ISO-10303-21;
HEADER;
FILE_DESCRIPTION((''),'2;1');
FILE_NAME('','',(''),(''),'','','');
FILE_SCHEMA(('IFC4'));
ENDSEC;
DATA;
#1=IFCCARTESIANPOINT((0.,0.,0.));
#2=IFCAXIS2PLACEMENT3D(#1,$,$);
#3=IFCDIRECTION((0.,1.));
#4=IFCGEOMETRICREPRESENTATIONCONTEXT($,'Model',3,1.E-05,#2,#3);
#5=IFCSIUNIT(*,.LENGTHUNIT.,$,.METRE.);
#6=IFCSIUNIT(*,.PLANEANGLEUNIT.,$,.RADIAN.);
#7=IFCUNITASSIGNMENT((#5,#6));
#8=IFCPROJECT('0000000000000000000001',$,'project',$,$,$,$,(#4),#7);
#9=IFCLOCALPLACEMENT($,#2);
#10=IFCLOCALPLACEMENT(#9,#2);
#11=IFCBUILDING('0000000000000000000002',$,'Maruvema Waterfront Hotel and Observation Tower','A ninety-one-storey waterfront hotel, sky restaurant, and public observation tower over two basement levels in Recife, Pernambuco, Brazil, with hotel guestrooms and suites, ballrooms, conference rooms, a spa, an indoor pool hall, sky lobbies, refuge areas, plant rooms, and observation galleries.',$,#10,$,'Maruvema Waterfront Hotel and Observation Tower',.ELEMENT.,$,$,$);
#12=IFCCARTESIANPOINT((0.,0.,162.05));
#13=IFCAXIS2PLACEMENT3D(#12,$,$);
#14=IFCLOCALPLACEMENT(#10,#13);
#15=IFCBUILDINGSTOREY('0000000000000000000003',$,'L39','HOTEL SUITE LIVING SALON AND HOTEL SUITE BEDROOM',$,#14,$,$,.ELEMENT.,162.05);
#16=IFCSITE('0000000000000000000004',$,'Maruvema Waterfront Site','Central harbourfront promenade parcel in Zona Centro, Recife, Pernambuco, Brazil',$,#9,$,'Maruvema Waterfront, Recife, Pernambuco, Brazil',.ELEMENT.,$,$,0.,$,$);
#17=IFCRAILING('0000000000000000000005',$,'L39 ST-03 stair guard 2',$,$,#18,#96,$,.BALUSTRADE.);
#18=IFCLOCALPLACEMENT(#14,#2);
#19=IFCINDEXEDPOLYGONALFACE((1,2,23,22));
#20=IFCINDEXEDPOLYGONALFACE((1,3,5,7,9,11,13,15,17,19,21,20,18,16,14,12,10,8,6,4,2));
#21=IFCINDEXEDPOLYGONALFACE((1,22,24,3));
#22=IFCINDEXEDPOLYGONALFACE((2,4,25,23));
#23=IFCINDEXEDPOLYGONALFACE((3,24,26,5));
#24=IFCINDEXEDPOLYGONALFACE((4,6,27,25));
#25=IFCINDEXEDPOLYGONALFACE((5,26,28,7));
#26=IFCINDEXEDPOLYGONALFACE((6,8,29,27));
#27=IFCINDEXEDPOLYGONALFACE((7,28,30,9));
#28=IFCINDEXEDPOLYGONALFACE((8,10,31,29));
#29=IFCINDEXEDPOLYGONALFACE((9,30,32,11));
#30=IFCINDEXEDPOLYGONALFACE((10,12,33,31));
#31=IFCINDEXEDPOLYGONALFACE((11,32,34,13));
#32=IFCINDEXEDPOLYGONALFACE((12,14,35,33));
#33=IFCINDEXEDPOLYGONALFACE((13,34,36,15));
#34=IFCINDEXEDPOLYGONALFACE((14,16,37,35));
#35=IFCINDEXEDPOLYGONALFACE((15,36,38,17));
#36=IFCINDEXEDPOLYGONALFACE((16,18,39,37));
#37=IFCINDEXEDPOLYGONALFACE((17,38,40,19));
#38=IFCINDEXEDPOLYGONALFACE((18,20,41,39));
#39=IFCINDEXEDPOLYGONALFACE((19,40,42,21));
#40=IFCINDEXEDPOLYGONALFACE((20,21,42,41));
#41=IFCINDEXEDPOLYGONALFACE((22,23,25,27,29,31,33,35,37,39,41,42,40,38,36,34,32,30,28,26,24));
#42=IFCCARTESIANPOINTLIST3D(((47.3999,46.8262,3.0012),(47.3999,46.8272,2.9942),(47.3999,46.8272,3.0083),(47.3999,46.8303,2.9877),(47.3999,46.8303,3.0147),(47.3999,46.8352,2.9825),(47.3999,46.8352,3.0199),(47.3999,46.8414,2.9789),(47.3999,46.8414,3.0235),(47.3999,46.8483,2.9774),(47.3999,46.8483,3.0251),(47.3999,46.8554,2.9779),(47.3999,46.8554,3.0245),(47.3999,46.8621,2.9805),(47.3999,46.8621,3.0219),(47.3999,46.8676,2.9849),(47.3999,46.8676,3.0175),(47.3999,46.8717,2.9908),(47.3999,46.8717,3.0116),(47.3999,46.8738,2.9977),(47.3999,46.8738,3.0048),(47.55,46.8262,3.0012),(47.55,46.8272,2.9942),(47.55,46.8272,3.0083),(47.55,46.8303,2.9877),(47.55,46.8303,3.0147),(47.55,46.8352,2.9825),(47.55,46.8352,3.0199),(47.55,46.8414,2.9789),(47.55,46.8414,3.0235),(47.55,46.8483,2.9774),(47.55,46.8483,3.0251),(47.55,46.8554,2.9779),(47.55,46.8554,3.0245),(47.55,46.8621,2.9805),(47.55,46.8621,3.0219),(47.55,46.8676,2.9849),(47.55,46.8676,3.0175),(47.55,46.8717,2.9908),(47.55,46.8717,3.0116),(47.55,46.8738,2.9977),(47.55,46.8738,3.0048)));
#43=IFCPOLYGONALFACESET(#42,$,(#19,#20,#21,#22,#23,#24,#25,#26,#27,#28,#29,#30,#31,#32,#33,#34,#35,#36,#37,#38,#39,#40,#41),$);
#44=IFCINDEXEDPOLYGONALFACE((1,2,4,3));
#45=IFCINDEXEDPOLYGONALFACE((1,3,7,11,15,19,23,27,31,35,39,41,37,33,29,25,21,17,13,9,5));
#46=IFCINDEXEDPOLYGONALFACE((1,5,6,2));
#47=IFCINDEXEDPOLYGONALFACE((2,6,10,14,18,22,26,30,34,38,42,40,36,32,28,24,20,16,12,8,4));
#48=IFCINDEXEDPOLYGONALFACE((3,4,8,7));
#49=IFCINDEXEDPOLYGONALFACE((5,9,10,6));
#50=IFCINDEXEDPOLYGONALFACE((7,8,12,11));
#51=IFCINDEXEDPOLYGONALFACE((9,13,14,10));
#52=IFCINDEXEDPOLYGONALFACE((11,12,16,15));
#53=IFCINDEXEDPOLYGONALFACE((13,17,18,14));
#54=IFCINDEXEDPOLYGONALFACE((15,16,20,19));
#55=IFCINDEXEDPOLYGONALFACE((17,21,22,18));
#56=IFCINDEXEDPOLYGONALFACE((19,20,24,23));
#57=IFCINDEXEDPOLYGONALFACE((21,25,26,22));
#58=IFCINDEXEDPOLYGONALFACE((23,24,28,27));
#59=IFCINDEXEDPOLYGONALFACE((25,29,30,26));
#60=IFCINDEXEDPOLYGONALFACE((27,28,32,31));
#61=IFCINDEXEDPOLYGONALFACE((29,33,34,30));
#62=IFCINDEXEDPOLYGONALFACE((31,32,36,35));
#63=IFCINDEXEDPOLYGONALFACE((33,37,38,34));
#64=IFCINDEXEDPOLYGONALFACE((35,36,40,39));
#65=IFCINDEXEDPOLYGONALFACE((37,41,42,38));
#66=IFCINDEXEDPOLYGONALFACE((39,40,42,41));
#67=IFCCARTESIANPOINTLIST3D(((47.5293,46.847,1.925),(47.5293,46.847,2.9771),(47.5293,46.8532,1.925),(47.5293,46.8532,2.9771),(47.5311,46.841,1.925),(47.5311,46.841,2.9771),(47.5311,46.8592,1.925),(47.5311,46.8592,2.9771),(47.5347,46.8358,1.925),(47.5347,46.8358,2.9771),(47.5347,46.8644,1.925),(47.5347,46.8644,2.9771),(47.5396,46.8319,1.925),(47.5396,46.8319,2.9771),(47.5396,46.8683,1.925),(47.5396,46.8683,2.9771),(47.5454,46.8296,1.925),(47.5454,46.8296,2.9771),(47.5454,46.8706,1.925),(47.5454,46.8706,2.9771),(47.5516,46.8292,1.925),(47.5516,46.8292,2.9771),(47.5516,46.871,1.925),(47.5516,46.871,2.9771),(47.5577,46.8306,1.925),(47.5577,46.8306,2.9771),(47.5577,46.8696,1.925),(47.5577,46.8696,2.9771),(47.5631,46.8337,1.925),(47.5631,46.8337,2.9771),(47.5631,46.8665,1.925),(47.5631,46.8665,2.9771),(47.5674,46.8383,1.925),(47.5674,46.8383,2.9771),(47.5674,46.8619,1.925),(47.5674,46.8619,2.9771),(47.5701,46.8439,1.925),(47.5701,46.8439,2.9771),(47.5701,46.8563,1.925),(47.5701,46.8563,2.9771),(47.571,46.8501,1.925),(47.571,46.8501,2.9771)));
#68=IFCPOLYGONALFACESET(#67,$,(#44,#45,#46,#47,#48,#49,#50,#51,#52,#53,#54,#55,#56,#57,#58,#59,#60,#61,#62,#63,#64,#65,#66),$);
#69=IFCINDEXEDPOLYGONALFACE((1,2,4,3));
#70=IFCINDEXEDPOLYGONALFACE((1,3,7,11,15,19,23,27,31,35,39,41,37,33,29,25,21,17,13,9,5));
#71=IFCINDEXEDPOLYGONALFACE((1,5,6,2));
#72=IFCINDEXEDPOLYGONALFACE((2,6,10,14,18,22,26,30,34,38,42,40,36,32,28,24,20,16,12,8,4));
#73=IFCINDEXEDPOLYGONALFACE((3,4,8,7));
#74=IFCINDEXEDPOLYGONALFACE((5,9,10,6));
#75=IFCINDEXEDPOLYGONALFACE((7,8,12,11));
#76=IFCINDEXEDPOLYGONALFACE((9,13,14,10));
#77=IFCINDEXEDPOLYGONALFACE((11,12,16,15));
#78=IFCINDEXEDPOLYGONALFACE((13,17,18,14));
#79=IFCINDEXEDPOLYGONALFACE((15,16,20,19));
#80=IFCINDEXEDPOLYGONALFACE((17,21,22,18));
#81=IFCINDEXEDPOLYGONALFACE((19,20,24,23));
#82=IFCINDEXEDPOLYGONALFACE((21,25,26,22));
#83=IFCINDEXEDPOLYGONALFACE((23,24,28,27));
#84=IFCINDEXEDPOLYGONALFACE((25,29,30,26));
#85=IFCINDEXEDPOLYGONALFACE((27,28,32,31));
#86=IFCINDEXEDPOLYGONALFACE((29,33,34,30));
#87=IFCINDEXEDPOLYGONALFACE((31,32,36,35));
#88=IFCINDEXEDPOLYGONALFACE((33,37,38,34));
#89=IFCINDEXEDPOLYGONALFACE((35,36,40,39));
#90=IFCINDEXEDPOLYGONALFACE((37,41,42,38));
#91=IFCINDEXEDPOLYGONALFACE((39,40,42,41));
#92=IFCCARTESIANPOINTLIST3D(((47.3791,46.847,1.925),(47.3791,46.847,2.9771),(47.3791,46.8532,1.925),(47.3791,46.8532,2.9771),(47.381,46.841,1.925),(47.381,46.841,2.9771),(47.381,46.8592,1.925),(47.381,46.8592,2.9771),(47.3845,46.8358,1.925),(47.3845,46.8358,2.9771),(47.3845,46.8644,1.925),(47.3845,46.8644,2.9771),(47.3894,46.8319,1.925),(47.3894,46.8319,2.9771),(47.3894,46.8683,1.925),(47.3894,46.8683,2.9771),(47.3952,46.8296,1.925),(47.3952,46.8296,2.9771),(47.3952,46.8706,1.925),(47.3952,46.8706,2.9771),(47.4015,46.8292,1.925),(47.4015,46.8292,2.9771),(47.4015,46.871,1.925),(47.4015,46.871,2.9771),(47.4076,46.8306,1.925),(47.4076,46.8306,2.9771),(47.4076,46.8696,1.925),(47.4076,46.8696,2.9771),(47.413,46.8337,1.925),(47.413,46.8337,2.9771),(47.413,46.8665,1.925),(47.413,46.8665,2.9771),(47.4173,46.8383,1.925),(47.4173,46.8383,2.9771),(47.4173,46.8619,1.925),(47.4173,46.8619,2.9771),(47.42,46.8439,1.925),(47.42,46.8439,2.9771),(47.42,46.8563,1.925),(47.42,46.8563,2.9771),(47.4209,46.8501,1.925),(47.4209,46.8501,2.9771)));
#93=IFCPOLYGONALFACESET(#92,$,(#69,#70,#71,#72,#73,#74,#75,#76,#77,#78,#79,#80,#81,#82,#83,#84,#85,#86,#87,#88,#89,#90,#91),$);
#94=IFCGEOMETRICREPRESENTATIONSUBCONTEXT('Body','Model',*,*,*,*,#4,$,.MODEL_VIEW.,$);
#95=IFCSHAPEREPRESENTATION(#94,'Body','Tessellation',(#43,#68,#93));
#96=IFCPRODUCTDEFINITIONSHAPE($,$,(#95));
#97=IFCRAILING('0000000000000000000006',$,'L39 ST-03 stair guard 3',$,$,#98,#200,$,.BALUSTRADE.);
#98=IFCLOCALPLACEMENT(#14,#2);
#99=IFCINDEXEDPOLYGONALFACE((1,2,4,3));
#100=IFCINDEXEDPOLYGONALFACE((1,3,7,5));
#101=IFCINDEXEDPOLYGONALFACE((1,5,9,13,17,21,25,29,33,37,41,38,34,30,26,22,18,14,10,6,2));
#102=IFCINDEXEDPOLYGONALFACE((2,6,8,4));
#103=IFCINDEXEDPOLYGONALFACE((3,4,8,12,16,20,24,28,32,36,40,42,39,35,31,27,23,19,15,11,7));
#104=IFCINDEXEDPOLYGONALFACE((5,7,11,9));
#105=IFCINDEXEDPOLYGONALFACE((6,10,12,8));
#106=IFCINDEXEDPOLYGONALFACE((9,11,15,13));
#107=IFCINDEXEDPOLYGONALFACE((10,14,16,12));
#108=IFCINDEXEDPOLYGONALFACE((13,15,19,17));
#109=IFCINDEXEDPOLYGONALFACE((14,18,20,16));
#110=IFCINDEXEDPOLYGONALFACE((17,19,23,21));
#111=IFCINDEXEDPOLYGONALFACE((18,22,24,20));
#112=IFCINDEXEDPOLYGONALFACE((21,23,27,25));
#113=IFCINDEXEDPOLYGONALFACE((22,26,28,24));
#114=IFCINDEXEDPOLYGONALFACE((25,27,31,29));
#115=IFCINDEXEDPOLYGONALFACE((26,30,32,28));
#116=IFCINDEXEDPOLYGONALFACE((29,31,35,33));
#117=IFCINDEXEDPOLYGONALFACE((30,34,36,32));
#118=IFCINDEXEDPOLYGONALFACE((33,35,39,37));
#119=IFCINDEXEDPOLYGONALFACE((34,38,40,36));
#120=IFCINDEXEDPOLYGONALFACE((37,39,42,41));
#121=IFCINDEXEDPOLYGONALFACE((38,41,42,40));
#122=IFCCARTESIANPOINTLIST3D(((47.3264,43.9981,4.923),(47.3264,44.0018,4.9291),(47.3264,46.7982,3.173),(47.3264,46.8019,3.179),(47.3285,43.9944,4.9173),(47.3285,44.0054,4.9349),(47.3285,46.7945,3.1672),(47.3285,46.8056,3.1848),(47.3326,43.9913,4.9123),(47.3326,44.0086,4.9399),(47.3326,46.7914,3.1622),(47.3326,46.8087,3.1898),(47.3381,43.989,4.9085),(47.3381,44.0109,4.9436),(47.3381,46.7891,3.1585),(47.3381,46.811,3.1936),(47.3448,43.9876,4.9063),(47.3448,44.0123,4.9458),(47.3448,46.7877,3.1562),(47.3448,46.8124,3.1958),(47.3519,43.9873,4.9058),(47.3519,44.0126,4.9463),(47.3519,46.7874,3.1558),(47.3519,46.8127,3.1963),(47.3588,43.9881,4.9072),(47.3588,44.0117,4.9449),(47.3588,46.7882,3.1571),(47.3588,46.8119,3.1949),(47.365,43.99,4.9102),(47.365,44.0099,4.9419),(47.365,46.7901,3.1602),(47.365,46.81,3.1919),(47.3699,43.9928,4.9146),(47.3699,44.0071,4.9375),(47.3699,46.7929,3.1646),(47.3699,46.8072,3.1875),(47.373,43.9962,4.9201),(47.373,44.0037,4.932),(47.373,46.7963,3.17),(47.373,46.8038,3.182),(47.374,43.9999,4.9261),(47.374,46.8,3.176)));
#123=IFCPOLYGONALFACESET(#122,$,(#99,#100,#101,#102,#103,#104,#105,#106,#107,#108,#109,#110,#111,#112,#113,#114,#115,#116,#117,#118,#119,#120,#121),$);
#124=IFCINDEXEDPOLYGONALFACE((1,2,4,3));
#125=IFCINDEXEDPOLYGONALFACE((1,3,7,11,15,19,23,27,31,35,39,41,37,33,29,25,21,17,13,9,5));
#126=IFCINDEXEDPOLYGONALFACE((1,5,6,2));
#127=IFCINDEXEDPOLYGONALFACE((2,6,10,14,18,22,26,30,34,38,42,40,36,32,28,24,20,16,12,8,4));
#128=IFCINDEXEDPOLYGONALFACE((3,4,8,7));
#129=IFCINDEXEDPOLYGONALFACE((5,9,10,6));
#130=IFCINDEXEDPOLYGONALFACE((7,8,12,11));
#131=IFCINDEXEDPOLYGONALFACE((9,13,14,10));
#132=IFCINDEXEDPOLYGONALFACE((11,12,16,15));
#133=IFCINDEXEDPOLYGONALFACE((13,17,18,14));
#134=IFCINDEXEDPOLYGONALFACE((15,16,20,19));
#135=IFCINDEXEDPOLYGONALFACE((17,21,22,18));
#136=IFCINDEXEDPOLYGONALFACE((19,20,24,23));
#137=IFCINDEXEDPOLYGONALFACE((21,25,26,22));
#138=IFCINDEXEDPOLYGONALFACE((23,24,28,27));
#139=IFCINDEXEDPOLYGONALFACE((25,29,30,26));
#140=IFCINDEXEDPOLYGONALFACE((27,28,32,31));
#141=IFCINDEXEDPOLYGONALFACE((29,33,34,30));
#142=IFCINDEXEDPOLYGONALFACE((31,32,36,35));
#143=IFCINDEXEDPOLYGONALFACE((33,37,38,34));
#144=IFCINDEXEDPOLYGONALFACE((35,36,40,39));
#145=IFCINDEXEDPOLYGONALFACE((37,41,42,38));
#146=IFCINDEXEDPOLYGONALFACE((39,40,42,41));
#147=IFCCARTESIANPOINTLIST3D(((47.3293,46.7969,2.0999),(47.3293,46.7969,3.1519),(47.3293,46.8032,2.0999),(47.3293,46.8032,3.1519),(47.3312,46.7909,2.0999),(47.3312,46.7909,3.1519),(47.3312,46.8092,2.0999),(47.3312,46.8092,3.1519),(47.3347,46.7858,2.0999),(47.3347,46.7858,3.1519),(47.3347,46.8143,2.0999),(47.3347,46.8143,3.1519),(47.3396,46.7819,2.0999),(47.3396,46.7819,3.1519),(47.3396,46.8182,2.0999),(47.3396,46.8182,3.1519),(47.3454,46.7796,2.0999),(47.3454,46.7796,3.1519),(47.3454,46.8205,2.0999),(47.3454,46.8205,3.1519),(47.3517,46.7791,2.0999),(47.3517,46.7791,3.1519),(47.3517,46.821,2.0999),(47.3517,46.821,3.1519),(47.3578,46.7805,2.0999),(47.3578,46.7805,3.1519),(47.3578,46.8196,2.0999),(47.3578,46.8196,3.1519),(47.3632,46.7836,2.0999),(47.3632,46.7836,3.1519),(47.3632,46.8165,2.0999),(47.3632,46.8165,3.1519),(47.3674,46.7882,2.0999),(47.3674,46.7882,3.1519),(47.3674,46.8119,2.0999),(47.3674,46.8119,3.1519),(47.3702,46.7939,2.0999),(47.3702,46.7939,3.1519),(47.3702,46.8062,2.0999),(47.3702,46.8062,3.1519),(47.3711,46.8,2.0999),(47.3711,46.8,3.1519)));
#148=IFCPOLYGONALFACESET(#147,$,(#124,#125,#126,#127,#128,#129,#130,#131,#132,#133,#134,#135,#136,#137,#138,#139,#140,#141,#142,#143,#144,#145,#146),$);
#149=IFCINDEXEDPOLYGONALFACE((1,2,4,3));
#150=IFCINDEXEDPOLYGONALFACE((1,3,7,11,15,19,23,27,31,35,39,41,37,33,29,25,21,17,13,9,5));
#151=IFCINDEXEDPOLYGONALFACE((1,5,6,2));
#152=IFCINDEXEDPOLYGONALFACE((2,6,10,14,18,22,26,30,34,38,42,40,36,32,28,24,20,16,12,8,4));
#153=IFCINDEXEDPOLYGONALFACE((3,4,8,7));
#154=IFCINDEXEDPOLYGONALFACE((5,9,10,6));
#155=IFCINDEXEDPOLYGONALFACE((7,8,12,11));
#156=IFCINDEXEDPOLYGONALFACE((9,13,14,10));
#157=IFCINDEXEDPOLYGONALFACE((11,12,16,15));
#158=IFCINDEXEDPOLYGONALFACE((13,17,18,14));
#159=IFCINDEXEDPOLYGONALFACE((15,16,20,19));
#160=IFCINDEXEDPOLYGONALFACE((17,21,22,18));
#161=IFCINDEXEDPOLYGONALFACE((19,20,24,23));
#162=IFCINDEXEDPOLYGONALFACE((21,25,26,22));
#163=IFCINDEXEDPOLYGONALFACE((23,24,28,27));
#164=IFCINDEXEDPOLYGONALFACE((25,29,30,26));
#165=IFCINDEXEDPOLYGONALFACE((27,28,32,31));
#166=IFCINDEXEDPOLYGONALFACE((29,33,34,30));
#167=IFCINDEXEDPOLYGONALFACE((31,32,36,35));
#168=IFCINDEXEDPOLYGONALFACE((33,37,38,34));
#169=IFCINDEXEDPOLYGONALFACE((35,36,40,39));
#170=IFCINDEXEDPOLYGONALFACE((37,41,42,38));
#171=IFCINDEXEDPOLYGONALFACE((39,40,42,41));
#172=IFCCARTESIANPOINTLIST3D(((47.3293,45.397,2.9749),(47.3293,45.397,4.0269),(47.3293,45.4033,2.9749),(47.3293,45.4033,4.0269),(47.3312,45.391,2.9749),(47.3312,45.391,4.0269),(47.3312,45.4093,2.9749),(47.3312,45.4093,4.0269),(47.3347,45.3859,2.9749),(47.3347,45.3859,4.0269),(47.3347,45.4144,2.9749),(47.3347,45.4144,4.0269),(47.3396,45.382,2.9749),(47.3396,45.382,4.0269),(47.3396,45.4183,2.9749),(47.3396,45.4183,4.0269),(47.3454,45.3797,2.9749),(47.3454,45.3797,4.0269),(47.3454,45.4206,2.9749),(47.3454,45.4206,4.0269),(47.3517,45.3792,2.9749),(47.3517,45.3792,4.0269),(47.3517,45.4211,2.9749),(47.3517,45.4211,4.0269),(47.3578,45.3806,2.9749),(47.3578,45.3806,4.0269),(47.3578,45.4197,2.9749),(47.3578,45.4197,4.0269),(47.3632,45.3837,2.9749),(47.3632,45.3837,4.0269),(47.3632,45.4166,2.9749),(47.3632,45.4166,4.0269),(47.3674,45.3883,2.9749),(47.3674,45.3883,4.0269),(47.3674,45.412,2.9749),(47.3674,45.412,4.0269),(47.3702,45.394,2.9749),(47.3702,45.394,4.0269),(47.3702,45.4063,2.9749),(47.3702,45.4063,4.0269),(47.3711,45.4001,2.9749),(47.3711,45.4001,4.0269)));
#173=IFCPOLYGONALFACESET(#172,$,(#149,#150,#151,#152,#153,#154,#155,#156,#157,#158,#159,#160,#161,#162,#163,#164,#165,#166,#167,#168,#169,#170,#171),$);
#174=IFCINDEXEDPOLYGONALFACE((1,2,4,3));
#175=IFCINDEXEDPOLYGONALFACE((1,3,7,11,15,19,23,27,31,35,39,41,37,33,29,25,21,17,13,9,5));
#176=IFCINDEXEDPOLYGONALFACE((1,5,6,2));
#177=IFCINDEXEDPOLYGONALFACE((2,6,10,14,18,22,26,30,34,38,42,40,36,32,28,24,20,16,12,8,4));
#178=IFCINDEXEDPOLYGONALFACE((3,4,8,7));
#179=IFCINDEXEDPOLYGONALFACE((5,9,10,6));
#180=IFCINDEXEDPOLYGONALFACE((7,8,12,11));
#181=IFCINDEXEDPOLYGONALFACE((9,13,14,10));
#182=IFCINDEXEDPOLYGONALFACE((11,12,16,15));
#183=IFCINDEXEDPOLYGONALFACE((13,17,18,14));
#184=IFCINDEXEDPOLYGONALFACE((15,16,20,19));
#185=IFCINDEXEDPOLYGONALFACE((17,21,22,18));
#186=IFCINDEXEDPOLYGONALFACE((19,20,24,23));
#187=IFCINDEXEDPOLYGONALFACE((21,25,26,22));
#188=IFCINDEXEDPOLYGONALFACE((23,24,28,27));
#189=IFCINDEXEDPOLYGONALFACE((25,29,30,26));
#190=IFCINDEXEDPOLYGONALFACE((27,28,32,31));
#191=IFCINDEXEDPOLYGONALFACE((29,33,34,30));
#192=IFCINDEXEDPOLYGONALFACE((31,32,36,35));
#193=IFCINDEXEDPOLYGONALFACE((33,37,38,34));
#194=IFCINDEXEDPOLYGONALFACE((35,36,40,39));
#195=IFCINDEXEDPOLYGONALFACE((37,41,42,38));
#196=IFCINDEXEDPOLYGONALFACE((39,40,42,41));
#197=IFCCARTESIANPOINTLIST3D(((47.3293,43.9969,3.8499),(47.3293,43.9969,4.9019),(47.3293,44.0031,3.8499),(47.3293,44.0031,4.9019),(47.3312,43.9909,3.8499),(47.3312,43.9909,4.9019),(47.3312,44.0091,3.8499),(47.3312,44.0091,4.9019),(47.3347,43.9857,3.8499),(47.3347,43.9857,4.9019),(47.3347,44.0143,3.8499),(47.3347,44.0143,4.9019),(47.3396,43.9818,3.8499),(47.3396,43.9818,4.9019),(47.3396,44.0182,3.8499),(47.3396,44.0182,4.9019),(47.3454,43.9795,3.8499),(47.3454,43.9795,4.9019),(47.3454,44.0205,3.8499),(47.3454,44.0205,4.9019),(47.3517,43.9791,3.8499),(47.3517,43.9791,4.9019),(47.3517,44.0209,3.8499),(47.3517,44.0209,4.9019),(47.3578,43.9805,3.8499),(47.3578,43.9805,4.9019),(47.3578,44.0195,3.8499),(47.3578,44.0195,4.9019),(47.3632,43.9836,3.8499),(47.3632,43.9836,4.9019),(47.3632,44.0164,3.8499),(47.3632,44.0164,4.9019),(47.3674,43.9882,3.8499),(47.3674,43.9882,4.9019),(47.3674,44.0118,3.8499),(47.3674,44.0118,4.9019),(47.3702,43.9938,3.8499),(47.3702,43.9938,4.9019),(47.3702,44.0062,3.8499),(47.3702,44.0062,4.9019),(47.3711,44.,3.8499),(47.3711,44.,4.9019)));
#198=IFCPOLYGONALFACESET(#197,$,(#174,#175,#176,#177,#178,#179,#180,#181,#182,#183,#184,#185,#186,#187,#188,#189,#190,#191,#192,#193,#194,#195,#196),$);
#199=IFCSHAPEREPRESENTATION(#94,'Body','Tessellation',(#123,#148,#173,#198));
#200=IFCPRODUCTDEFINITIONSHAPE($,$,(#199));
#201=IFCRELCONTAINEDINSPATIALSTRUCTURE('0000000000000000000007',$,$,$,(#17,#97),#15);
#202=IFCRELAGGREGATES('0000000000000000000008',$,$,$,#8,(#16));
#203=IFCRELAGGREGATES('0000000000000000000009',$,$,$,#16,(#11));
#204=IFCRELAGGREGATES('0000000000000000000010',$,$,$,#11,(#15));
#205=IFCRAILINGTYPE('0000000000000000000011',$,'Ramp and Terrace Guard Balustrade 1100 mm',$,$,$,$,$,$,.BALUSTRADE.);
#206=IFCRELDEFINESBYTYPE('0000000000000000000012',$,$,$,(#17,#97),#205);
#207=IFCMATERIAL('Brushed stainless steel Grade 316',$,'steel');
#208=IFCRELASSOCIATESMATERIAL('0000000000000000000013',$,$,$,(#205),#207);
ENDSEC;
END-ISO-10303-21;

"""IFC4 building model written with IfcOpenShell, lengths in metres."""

from ifc_helpers import new_model, si_unit, direction, frame, origin, origin_2d, place, context, subcontext, project, spatial, circle, extrude, material, type_object, element, save


model = new_model("IFC4")

# Units and contexts
model_context = context("Model", 3, precision=1e-05, world=origin(), true_north=direction((0.0, 1.0)))
body_context = subcontext(model_context, "Body", "Model", "MODEL_VIEW")
ifc_project = project(units=[si_unit("LENGTHUNIT", "METRE"), si_unit("PLANEANGLEUNIT", "RADIAN")], contexts=[model_context])

# Site, building, storey
site_placement = place(None, origin())
site = spatial("IfcSite", under=ifc_project, at=site_placement, Name="Maruvema Waterfront Site", Description="Central harbourfront promenade parcel in Zona Centro, Recife, Pernambuco, Brazil", LongName="Maruvema Waterfront, Recife, Pernambuco, Brazil", CompositionType="ELEMENT", RefElevation=0.0)
building_placement = place(site_placement, origin())
building = spatial("IfcBuilding", under=site, at=building_placement, Name="Maruvema Waterfront Hotel and Observation Tower", Description="A ninety-one-storey waterfront hotel, sky restaurant, and public observation tower over two basement levels in Recife, Pernambuco, Brazil, with hotel guestrooms and suites, ballrooms, conference rooms, a spa, an indoor pool hall, sky lobbies, refuge areas, plant rooms, and observation galleries.", LongName="Maruvema Waterfront Hotel and Observation Tower", CompositionType="ELEMENT")
storey_placement = place(building_placement, frame((0.0, 0.0, 162.05)))
storey = spatial("IfcBuildingStorey", under=building, at=storey_placement, Name="L39", Description="HOTEL SUITE LIVING SALON AND HOTEL SUITE BEDROOM", CompositionType="ELEMENT", Elevation=162.05)

# Railings
ifc_material_1 = material(Name="Brushed stainless steel Grade 316", Category="steel")
railing_type_1 = type_object("IfcRailingType", Name="Ramp and Terrace Guard Balustrade 1100 mm", PredefinedType="BALUSTRADE", material=ifc_material_1)
railing_1_placement = place(storey_placement, frame((47.55, 46.8501, 1.925)))
element("IfcRailing", 1, at=railing_1_placement, inside=storey, type_object=railing_type_1, Name="L39 ST-03 stair guard 2", PredefinedType="BALUSTRADE", context=body_context, shape_type="SweptSolid", body=[
    extrude(circle(Radius=0.0239, at=origin_2d()), frame((0.0, 0.0, 1.0762), z_axis=(-1.0, 0.0, 0.0), x_axis=(0.0, -1.0, 0.0)), (0.0, 0.0, 1.0), 0.1501),
    extrude(circle(Radius=0.021, at=origin_2d()), origin(), (0.0, 0.0, 1.0), 1.052),
    extrude(circle(Radius=0.021, at=origin_2d()), frame((-0.1501, 0.0, 0.0)), (0.0, 0.0, 1.0), 1.052),
])
railing_2_placement = place(storey_placement, frame((47.3501, 46.8, 2.0999)))
element("IfcRailing", 2, at=railing_2_placement, inside=storey, type_object=railing_type_1, Name="L39 ST-03 stair guard 3", PredefinedType="BALUSTRADE", context=body_context, shape_type="SweptSolid", body=[
    extrude(circle(Radius=0.0239, at=origin_2d()), frame((0.0, 0.0, 1.0762), z_axis=(0.0, -0.848002, 0.529992), x_axis=(1.0, 0.0, 0.0)), (0.0, 0.0, 1.0), 3.302),
    extrude(circle(Radius=0.021, at=origin_2d()), origin(), (0.0, 0.0, 1.0), 1.052),
    extrude(circle(Radius=0.021, at=origin_2d()), frame((0.0, -1.3999, 0.875)), (0.0, 0.0, 1.0), 1.052),
    extrude(circle(Radius=0.021, at=origin_2d()), frame((0.0, -2.8, 1.75)), (0.0, 0.0, 1.0), 1.052),
])

save(model, "model.ifc")
